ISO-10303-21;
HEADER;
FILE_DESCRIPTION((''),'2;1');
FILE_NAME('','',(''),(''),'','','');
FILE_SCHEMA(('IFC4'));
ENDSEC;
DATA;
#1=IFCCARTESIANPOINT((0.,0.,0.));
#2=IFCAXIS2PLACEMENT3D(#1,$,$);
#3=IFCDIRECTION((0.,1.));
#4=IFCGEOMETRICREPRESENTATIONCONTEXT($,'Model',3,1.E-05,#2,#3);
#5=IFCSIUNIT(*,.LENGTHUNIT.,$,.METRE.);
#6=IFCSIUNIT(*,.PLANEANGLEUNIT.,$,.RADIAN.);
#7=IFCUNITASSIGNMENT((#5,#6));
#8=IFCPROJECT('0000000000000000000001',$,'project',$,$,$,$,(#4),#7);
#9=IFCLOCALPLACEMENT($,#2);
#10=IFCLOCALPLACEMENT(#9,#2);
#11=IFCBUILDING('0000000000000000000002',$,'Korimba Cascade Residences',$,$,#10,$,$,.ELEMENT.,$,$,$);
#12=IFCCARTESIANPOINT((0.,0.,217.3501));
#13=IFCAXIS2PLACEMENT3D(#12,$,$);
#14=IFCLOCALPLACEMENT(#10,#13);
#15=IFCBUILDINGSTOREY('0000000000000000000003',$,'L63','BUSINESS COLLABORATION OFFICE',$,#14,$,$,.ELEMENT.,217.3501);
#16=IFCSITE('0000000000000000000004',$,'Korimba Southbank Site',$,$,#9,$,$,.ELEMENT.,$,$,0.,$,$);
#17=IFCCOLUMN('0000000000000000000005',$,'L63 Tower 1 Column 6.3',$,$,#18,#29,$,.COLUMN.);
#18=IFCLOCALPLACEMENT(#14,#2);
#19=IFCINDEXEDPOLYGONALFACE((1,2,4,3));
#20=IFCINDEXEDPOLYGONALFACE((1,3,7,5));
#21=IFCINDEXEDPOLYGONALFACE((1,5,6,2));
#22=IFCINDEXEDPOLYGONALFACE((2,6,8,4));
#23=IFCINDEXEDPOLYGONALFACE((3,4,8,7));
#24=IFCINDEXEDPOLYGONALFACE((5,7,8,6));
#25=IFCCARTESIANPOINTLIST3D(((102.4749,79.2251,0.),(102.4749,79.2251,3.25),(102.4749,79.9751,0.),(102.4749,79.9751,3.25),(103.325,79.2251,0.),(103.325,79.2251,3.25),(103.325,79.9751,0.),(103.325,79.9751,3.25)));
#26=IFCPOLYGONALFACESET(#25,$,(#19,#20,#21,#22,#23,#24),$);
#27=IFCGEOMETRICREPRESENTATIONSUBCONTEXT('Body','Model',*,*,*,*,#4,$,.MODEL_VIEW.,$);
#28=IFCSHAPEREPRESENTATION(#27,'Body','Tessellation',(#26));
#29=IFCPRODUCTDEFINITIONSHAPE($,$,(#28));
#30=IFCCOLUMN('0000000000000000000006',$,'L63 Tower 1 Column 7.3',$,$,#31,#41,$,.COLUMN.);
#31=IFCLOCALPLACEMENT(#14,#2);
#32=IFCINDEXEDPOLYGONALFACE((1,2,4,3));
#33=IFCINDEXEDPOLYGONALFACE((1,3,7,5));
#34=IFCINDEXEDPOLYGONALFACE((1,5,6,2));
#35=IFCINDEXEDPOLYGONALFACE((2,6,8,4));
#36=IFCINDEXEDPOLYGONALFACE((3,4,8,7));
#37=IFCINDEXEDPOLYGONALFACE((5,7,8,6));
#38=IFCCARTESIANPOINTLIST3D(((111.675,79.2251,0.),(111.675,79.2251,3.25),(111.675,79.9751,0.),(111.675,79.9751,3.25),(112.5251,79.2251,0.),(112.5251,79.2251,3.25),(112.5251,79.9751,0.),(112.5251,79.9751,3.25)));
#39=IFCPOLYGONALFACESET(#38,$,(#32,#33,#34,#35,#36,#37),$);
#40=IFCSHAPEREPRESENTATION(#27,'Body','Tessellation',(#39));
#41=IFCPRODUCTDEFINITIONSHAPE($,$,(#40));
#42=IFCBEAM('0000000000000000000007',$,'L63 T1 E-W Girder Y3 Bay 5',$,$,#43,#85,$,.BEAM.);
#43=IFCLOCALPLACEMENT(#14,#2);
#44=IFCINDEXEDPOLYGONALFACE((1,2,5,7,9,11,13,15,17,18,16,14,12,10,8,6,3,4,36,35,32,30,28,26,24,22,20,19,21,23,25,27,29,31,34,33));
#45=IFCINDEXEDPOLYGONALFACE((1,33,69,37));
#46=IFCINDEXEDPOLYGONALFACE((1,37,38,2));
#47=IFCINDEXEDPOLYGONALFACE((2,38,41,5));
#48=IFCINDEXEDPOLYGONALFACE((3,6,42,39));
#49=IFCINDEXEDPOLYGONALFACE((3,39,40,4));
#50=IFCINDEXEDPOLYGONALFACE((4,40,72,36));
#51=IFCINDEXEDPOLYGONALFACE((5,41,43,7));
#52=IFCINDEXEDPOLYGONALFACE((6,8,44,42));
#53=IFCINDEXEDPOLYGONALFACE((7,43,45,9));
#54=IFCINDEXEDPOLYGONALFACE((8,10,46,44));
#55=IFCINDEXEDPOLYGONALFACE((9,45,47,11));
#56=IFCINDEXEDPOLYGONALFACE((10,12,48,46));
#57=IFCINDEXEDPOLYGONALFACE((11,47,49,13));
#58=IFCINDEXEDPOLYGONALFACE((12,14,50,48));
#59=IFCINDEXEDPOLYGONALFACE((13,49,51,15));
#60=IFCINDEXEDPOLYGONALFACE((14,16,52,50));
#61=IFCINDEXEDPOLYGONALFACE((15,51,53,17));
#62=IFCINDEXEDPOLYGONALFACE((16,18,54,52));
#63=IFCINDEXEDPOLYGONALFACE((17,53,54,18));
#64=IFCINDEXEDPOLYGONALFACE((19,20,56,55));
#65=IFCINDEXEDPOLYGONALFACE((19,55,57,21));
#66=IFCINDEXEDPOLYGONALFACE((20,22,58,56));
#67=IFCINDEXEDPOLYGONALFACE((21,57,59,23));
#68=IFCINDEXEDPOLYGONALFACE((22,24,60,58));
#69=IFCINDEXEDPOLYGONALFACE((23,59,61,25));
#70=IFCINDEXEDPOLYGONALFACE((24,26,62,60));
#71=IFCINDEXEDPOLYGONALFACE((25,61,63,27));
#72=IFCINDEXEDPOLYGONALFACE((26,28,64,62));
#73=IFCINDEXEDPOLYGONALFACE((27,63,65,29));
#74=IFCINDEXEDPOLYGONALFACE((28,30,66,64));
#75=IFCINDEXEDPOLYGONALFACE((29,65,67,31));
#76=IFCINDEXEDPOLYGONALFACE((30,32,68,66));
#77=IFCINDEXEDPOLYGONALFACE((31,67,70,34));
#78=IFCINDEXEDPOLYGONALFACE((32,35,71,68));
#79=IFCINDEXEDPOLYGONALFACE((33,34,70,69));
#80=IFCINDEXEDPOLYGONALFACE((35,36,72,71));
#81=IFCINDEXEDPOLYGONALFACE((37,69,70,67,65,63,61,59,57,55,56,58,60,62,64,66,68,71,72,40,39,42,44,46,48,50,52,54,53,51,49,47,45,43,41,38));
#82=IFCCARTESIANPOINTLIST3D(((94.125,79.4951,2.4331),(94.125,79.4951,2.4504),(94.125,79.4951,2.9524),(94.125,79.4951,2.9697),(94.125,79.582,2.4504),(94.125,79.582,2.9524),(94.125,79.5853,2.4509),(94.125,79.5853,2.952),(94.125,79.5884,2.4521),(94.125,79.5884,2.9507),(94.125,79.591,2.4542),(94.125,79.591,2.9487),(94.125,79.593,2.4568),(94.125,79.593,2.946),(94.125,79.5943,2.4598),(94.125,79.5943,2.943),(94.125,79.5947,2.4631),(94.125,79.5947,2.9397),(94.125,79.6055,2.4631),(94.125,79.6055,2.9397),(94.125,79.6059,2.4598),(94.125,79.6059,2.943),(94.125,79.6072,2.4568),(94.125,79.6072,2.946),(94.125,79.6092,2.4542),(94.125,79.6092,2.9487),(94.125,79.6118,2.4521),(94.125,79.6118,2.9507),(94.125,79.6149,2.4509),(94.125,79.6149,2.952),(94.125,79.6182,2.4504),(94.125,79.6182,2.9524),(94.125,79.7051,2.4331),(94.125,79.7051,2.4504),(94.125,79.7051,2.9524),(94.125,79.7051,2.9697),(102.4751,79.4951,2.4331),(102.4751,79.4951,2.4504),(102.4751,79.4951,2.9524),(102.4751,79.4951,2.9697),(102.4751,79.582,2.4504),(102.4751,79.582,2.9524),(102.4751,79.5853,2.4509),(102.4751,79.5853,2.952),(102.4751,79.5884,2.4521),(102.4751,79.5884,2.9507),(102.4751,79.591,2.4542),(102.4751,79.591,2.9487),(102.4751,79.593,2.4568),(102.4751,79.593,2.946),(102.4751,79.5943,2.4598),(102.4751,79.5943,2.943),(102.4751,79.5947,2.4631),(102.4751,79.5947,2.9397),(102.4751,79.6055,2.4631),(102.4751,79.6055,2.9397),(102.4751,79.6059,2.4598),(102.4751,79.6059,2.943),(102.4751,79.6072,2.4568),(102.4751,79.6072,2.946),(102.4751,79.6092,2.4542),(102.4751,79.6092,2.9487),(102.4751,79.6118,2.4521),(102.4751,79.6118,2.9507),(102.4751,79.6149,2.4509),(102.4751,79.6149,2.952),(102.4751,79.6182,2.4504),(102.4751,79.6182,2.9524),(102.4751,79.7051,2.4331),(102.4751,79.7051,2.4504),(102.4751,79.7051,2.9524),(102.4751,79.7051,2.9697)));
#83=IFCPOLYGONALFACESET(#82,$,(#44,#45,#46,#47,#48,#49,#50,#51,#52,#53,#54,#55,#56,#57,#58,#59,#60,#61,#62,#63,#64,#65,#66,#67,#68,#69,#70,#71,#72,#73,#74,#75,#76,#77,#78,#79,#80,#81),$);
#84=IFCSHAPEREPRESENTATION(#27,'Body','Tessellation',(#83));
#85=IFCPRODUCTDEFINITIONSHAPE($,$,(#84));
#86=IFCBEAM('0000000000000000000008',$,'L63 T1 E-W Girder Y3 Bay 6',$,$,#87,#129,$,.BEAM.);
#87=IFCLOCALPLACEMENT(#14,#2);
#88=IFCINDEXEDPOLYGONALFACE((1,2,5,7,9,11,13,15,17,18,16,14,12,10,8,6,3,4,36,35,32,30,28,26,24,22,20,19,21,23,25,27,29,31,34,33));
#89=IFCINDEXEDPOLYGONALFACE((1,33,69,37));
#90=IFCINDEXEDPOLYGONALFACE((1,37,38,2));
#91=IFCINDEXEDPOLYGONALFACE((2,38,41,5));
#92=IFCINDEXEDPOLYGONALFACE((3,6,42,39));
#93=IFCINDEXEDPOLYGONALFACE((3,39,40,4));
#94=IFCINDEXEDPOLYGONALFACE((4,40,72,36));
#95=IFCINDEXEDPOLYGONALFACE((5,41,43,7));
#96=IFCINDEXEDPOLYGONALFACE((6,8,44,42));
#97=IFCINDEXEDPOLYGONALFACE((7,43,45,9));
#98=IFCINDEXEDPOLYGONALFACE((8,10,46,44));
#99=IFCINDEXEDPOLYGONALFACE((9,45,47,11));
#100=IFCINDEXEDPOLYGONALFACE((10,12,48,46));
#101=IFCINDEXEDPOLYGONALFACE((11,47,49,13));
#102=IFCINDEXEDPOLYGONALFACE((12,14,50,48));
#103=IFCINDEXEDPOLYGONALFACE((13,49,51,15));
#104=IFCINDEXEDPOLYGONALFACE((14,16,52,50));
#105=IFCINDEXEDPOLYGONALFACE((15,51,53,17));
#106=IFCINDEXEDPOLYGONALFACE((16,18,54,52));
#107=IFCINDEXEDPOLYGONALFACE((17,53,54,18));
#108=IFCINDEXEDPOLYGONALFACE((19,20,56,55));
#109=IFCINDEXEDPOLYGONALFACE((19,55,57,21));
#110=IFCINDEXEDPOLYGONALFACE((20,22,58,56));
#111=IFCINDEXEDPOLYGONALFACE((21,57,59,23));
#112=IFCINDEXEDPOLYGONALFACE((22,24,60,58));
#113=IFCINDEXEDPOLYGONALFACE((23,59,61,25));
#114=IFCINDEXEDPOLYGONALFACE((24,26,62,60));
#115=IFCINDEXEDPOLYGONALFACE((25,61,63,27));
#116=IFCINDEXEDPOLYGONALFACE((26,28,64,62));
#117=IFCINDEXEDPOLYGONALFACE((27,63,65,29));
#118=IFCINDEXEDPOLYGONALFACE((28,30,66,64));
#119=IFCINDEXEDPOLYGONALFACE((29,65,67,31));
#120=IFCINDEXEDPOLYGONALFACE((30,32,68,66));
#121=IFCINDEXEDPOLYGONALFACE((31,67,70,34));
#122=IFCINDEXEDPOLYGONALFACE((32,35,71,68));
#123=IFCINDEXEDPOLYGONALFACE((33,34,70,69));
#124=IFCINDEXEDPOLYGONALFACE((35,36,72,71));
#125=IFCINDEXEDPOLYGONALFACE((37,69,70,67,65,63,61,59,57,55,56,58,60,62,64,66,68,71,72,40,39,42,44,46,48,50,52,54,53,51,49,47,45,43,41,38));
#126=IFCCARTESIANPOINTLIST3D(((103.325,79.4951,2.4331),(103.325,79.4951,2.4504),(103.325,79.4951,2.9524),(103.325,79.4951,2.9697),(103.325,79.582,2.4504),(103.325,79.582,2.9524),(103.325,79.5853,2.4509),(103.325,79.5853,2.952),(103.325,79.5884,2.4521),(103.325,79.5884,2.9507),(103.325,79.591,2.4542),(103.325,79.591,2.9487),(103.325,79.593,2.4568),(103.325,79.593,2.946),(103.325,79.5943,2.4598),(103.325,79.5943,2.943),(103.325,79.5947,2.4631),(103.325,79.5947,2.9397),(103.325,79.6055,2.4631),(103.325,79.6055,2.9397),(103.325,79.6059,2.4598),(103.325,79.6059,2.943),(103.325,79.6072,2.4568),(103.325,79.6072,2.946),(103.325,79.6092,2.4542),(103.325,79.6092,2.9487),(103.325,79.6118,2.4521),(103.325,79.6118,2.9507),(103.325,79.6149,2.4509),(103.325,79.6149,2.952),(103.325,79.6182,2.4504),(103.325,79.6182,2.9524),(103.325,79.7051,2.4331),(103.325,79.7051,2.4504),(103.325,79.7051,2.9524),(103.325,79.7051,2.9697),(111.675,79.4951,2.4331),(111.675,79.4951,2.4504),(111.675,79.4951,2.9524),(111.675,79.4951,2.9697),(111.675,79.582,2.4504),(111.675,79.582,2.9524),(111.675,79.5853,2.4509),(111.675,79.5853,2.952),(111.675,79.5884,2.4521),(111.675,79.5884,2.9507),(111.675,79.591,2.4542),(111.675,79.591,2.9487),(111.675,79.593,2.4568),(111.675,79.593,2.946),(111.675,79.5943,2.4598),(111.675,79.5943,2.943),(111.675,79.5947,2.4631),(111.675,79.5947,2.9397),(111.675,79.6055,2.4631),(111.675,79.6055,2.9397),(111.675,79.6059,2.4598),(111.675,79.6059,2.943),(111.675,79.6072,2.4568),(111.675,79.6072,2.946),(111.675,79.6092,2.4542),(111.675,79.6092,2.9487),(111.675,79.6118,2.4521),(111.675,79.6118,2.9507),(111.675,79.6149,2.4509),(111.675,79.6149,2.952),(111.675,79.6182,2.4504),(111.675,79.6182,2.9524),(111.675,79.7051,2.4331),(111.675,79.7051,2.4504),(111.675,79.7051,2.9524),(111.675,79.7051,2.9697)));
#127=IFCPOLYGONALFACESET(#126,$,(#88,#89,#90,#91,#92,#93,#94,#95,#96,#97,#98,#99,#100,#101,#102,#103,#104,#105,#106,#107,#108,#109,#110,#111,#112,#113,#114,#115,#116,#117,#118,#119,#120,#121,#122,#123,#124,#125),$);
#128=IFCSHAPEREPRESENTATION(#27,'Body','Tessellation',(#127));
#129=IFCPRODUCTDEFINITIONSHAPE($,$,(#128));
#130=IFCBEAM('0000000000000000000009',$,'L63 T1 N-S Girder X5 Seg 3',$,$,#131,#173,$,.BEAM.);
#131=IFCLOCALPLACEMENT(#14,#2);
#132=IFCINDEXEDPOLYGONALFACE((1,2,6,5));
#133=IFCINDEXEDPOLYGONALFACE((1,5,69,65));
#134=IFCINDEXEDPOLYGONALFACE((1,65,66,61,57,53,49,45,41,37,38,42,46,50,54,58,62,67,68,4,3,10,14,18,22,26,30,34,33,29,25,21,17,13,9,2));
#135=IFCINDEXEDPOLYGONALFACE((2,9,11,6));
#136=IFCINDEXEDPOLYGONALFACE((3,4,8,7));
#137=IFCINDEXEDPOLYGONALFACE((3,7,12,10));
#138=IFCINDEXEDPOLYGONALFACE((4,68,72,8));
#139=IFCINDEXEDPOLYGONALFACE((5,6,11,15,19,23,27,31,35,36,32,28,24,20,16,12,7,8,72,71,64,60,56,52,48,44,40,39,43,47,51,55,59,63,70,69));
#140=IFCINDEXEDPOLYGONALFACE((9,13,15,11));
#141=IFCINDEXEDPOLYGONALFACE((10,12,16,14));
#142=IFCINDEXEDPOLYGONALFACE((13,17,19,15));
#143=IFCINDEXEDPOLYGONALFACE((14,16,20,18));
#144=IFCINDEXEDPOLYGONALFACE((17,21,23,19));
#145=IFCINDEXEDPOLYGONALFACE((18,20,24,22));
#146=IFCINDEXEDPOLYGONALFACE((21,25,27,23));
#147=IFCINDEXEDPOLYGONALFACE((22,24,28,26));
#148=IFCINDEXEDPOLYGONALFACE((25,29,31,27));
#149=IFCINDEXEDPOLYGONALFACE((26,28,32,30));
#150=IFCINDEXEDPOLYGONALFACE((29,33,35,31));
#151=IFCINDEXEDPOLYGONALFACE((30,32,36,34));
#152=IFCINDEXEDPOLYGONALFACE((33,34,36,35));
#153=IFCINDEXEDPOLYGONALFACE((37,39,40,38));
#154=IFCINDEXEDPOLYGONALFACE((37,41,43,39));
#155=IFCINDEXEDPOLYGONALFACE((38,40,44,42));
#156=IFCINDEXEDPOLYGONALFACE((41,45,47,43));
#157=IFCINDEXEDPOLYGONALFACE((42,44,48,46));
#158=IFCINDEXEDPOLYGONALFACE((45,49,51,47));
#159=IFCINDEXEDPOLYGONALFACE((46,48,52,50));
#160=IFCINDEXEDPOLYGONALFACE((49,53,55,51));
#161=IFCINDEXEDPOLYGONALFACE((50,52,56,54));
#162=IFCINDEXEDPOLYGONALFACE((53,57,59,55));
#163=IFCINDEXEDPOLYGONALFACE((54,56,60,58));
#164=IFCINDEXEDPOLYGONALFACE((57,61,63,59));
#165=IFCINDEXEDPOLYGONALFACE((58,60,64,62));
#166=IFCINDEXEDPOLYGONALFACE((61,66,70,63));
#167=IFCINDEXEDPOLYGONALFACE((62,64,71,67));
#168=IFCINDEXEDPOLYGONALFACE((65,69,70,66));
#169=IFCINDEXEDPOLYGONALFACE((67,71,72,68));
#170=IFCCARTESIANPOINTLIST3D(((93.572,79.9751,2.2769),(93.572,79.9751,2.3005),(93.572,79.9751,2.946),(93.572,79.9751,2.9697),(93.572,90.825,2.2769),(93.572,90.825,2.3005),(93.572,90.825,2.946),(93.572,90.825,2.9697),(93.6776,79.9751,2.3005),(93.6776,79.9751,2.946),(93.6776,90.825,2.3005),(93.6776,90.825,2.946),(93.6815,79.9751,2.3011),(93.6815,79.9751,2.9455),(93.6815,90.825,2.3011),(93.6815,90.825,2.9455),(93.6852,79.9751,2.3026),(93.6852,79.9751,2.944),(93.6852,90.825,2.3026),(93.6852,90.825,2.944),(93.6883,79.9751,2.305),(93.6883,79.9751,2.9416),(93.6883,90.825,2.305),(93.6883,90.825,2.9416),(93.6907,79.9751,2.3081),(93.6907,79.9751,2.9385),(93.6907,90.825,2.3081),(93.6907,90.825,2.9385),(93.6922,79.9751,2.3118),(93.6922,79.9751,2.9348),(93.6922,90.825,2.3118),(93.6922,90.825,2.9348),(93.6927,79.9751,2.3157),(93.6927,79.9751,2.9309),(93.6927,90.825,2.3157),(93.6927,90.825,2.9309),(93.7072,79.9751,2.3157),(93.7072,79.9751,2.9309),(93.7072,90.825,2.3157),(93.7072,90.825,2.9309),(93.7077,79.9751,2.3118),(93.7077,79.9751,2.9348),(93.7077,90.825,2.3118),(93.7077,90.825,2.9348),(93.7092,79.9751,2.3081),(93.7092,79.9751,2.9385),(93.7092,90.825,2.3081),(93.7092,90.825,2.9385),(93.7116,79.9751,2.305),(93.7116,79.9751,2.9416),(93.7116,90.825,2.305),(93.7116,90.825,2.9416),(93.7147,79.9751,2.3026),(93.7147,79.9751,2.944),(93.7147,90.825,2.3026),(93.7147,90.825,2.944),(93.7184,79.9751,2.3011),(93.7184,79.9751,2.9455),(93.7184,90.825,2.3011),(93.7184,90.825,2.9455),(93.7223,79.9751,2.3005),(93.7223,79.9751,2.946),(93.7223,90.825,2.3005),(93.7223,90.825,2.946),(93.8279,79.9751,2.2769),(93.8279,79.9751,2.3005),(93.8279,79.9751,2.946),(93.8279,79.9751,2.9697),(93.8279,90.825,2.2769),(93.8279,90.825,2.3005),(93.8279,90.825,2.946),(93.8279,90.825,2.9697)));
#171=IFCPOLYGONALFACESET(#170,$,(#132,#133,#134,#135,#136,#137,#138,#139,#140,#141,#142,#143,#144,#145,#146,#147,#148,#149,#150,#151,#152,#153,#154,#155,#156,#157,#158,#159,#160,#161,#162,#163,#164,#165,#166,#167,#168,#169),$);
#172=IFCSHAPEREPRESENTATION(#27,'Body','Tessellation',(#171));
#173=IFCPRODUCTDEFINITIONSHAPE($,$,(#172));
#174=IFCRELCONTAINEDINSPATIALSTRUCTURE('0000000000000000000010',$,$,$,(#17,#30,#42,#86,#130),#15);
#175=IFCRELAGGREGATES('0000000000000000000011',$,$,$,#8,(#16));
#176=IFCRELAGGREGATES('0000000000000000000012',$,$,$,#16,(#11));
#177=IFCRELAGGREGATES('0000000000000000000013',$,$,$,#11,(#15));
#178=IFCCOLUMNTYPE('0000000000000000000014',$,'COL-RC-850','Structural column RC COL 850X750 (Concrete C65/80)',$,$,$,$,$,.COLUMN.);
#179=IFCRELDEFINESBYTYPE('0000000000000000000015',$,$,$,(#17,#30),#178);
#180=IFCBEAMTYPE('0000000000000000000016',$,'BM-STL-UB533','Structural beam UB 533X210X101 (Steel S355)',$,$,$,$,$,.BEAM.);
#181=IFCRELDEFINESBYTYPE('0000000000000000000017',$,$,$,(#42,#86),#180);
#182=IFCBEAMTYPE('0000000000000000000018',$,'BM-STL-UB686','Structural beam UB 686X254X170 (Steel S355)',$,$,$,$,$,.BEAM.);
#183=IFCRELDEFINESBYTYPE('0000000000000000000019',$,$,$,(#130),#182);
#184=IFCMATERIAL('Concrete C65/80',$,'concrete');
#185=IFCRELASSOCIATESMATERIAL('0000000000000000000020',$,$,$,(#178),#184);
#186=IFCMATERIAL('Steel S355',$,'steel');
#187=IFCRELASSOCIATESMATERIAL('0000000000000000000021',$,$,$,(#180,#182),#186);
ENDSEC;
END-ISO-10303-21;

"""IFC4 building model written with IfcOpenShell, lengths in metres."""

from ifc_helpers import new_model, si_unit, direction, frame, origin, origin_2d, place, context, subcontext, project, spatial, rectangle, i_section, extrude, material, material_profile, profile_set, type_object, element, save


model = new_model("IFC4")

# Units and contexts
model_context = context("Model", 3, precision=1e-05, world=origin(), true_north=direction((0.0, 1.0)))
body_context = subcontext(model_context, "Body", "Model", "MODEL_VIEW")
ifc_project = project(units=[si_unit("LENGTHUNIT", "METRE"), si_unit("PLANEANGLEUNIT", "RADIAN")], contexts=[model_context])

# Site, building, storey
site_placement = place(None, origin())
site = spatial("IfcSite", under=ifc_project, at=site_placement, Name="Korimba Southbank Site", CompositionType="ELEMENT", RefElevation=0.0)
building_placement = place(site_placement, origin())
building = spatial("IfcBuilding", under=site, at=building_placement, Name="Korimba Cascade Residences", CompositionType="ELEMENT")
storey_placement = place(building_placement, frame((0.0, 0.0, 217.3501)))
storey = spatial("IfcBuildingStorey", under=building, at=storey_placement, Name="L63", Description="BUSINESS COLLABORATION OFFICE", CompositionType="ELEMENT", Elevation=217.3501)

# Columns
ifc_material_1 = material(Name="Concrete C65/80", Category="concrete")
ifc_material_profile_1 = material_profile(ifc_material_1, rectangle(XDim=0.8501, YDim=0.75, at=origin_2d()), Name="Concrete C65/80")
ifc_profile_set_1 = profile_set([ifc_material_profile_1], Name="Concrete C65/80")
column_type = type_object("IfcColumnType", Name="COL-RC-850", Description="Structural column RC COL 850X750 (Concrete C65/80)", PredefinedType="COLUMN", material=ifc_profile_set_1)
for number, where, z_axis, x_axis, name in (
    (1, (102.8999, 79.6001, 0.0), (0.0, 0.0, 1.0), (1.0, 0.0, 0.0), "L63 Tower 1 Column 6.3"),
    (2, (112.1001, 79.6001, 0.0), (0.0, 0.0, 1.0), (1.0, 0.0, 0.0), "L63 Tower 1 Column 7.3"),
):
    element("IfcColumn", number, at=place(storey_placement, frame(where, z_axis=z_axis, x_axis=x_axis)), inside=storey, type_object=column_type, Name=name, PredefinedType="COLUMN", context=body_context, shape_type="SweptSolid", body=[
        extrude(rectangle(XDim=0.8501, YDim=0.75, at=origin_2d()), origin(), (0.0, 0.0, 1.0), 3.25),
    ])

# Beams
ifc_material_2 = material(Name="Steel S355", Category="steel")
ifc_material_profile_2 = material_profile(ifc_material_2, i_section(OverallWidth=0.21, OverallDepth=0.5366, WebThickness=0.0107, FlangeThickness=0.0173, FilletRadius=0.0127, at=origin_2d()), Name="Steel S355")
ifc_profile_set_2 = profile_set([ifc_material_profile_2], Name="Steel S355")
beam_type_1 = type_object("IfcBeamType", Name="BM-STL-UB533", Description="Structural beam UB 533X210X101 (Steel S355)", PredefinedType="BEAM", material=ifc_profile_set_2)
for number, where, z_axis, x_axis, name in (
    (3, (94.125, 79.6001, 2.7014), (1.0, 0.0, 0.0), (0.0, 1.0, 0.0), "L63 T1 E-W Girder Y3 Bay 5"),
    (4, (103.325, 79.6001, 2.7014), (1.0, 0.0, 0.0), (0.0, 1.0, 0.0), "L63 T1 E-W Girder Y3 Bay 6"),
):
    element("IfcBeam", number, at=place(storey_placement, frame(where, z_axis=z_axis, x_axis=x_axis)), inside=storey, type_object=beam_type_1, Name=name, PredefinedType="BEAM", context=body_context, shape_type="SweptSolid", body=[
        extrude(i_section(OverallWidth=0.21, OverallDepth=0.5366, WebThickness=0.0107, FlangeThickness=0.0173, FilletRadius=0.0127, at=origin_2d()), origin(), (0.0, 0.0, 1.0), 8.3501),
    ])
ifc_material_profile_3 = material_profile(ifc_material_2, i_section(OverallWidth=0.2559, OverallDepth=0.6929, WebThickness=0.0144, FlangeThickness=0.0237, FilletRadius=0.0151, at=origin_2d()), Name="Steel S355")
ifc_profile_set_3 = profile_set([ifc_material_profile_3], Name="Steel S355")
beam_type_2 = type_object("IfcBeamType", Name="BM-STL-UB686", Description="Structural beam UB 686X254X170 (Steel S355)", PredefinedType="BEAM", material=ifc_profile_set_3)
for number, where, z_axis, x_axis, name in (
    (5, (93.7, 79.9751, 2.6233), (0.0, 1.0, 0.0), (-1.0, 0.0, 0.0), "L63 T1 N-S Girder X5 Seg 3"),
):
    element("IfcBeam", number, at=place(storey_placement, frame(where, z_axis=z_axis, x_axis=x_axis)), inside=storey, type_object=beam_type_2, Name=name, PredefinedType="BEAM", context=body_context, shape_type="SweptSolid", body=[
        extrude(i_section(OverallWidth=0.2559, OverallDepth=0.6929, WebThickness=0.0144, FlangeThickness=0.0237, FilletRadius=0.0151, at=origin_2d()), origin(), (0.0, 0.0, 1.0), 10.8499),
    ])

save(model, "model.ifc")
